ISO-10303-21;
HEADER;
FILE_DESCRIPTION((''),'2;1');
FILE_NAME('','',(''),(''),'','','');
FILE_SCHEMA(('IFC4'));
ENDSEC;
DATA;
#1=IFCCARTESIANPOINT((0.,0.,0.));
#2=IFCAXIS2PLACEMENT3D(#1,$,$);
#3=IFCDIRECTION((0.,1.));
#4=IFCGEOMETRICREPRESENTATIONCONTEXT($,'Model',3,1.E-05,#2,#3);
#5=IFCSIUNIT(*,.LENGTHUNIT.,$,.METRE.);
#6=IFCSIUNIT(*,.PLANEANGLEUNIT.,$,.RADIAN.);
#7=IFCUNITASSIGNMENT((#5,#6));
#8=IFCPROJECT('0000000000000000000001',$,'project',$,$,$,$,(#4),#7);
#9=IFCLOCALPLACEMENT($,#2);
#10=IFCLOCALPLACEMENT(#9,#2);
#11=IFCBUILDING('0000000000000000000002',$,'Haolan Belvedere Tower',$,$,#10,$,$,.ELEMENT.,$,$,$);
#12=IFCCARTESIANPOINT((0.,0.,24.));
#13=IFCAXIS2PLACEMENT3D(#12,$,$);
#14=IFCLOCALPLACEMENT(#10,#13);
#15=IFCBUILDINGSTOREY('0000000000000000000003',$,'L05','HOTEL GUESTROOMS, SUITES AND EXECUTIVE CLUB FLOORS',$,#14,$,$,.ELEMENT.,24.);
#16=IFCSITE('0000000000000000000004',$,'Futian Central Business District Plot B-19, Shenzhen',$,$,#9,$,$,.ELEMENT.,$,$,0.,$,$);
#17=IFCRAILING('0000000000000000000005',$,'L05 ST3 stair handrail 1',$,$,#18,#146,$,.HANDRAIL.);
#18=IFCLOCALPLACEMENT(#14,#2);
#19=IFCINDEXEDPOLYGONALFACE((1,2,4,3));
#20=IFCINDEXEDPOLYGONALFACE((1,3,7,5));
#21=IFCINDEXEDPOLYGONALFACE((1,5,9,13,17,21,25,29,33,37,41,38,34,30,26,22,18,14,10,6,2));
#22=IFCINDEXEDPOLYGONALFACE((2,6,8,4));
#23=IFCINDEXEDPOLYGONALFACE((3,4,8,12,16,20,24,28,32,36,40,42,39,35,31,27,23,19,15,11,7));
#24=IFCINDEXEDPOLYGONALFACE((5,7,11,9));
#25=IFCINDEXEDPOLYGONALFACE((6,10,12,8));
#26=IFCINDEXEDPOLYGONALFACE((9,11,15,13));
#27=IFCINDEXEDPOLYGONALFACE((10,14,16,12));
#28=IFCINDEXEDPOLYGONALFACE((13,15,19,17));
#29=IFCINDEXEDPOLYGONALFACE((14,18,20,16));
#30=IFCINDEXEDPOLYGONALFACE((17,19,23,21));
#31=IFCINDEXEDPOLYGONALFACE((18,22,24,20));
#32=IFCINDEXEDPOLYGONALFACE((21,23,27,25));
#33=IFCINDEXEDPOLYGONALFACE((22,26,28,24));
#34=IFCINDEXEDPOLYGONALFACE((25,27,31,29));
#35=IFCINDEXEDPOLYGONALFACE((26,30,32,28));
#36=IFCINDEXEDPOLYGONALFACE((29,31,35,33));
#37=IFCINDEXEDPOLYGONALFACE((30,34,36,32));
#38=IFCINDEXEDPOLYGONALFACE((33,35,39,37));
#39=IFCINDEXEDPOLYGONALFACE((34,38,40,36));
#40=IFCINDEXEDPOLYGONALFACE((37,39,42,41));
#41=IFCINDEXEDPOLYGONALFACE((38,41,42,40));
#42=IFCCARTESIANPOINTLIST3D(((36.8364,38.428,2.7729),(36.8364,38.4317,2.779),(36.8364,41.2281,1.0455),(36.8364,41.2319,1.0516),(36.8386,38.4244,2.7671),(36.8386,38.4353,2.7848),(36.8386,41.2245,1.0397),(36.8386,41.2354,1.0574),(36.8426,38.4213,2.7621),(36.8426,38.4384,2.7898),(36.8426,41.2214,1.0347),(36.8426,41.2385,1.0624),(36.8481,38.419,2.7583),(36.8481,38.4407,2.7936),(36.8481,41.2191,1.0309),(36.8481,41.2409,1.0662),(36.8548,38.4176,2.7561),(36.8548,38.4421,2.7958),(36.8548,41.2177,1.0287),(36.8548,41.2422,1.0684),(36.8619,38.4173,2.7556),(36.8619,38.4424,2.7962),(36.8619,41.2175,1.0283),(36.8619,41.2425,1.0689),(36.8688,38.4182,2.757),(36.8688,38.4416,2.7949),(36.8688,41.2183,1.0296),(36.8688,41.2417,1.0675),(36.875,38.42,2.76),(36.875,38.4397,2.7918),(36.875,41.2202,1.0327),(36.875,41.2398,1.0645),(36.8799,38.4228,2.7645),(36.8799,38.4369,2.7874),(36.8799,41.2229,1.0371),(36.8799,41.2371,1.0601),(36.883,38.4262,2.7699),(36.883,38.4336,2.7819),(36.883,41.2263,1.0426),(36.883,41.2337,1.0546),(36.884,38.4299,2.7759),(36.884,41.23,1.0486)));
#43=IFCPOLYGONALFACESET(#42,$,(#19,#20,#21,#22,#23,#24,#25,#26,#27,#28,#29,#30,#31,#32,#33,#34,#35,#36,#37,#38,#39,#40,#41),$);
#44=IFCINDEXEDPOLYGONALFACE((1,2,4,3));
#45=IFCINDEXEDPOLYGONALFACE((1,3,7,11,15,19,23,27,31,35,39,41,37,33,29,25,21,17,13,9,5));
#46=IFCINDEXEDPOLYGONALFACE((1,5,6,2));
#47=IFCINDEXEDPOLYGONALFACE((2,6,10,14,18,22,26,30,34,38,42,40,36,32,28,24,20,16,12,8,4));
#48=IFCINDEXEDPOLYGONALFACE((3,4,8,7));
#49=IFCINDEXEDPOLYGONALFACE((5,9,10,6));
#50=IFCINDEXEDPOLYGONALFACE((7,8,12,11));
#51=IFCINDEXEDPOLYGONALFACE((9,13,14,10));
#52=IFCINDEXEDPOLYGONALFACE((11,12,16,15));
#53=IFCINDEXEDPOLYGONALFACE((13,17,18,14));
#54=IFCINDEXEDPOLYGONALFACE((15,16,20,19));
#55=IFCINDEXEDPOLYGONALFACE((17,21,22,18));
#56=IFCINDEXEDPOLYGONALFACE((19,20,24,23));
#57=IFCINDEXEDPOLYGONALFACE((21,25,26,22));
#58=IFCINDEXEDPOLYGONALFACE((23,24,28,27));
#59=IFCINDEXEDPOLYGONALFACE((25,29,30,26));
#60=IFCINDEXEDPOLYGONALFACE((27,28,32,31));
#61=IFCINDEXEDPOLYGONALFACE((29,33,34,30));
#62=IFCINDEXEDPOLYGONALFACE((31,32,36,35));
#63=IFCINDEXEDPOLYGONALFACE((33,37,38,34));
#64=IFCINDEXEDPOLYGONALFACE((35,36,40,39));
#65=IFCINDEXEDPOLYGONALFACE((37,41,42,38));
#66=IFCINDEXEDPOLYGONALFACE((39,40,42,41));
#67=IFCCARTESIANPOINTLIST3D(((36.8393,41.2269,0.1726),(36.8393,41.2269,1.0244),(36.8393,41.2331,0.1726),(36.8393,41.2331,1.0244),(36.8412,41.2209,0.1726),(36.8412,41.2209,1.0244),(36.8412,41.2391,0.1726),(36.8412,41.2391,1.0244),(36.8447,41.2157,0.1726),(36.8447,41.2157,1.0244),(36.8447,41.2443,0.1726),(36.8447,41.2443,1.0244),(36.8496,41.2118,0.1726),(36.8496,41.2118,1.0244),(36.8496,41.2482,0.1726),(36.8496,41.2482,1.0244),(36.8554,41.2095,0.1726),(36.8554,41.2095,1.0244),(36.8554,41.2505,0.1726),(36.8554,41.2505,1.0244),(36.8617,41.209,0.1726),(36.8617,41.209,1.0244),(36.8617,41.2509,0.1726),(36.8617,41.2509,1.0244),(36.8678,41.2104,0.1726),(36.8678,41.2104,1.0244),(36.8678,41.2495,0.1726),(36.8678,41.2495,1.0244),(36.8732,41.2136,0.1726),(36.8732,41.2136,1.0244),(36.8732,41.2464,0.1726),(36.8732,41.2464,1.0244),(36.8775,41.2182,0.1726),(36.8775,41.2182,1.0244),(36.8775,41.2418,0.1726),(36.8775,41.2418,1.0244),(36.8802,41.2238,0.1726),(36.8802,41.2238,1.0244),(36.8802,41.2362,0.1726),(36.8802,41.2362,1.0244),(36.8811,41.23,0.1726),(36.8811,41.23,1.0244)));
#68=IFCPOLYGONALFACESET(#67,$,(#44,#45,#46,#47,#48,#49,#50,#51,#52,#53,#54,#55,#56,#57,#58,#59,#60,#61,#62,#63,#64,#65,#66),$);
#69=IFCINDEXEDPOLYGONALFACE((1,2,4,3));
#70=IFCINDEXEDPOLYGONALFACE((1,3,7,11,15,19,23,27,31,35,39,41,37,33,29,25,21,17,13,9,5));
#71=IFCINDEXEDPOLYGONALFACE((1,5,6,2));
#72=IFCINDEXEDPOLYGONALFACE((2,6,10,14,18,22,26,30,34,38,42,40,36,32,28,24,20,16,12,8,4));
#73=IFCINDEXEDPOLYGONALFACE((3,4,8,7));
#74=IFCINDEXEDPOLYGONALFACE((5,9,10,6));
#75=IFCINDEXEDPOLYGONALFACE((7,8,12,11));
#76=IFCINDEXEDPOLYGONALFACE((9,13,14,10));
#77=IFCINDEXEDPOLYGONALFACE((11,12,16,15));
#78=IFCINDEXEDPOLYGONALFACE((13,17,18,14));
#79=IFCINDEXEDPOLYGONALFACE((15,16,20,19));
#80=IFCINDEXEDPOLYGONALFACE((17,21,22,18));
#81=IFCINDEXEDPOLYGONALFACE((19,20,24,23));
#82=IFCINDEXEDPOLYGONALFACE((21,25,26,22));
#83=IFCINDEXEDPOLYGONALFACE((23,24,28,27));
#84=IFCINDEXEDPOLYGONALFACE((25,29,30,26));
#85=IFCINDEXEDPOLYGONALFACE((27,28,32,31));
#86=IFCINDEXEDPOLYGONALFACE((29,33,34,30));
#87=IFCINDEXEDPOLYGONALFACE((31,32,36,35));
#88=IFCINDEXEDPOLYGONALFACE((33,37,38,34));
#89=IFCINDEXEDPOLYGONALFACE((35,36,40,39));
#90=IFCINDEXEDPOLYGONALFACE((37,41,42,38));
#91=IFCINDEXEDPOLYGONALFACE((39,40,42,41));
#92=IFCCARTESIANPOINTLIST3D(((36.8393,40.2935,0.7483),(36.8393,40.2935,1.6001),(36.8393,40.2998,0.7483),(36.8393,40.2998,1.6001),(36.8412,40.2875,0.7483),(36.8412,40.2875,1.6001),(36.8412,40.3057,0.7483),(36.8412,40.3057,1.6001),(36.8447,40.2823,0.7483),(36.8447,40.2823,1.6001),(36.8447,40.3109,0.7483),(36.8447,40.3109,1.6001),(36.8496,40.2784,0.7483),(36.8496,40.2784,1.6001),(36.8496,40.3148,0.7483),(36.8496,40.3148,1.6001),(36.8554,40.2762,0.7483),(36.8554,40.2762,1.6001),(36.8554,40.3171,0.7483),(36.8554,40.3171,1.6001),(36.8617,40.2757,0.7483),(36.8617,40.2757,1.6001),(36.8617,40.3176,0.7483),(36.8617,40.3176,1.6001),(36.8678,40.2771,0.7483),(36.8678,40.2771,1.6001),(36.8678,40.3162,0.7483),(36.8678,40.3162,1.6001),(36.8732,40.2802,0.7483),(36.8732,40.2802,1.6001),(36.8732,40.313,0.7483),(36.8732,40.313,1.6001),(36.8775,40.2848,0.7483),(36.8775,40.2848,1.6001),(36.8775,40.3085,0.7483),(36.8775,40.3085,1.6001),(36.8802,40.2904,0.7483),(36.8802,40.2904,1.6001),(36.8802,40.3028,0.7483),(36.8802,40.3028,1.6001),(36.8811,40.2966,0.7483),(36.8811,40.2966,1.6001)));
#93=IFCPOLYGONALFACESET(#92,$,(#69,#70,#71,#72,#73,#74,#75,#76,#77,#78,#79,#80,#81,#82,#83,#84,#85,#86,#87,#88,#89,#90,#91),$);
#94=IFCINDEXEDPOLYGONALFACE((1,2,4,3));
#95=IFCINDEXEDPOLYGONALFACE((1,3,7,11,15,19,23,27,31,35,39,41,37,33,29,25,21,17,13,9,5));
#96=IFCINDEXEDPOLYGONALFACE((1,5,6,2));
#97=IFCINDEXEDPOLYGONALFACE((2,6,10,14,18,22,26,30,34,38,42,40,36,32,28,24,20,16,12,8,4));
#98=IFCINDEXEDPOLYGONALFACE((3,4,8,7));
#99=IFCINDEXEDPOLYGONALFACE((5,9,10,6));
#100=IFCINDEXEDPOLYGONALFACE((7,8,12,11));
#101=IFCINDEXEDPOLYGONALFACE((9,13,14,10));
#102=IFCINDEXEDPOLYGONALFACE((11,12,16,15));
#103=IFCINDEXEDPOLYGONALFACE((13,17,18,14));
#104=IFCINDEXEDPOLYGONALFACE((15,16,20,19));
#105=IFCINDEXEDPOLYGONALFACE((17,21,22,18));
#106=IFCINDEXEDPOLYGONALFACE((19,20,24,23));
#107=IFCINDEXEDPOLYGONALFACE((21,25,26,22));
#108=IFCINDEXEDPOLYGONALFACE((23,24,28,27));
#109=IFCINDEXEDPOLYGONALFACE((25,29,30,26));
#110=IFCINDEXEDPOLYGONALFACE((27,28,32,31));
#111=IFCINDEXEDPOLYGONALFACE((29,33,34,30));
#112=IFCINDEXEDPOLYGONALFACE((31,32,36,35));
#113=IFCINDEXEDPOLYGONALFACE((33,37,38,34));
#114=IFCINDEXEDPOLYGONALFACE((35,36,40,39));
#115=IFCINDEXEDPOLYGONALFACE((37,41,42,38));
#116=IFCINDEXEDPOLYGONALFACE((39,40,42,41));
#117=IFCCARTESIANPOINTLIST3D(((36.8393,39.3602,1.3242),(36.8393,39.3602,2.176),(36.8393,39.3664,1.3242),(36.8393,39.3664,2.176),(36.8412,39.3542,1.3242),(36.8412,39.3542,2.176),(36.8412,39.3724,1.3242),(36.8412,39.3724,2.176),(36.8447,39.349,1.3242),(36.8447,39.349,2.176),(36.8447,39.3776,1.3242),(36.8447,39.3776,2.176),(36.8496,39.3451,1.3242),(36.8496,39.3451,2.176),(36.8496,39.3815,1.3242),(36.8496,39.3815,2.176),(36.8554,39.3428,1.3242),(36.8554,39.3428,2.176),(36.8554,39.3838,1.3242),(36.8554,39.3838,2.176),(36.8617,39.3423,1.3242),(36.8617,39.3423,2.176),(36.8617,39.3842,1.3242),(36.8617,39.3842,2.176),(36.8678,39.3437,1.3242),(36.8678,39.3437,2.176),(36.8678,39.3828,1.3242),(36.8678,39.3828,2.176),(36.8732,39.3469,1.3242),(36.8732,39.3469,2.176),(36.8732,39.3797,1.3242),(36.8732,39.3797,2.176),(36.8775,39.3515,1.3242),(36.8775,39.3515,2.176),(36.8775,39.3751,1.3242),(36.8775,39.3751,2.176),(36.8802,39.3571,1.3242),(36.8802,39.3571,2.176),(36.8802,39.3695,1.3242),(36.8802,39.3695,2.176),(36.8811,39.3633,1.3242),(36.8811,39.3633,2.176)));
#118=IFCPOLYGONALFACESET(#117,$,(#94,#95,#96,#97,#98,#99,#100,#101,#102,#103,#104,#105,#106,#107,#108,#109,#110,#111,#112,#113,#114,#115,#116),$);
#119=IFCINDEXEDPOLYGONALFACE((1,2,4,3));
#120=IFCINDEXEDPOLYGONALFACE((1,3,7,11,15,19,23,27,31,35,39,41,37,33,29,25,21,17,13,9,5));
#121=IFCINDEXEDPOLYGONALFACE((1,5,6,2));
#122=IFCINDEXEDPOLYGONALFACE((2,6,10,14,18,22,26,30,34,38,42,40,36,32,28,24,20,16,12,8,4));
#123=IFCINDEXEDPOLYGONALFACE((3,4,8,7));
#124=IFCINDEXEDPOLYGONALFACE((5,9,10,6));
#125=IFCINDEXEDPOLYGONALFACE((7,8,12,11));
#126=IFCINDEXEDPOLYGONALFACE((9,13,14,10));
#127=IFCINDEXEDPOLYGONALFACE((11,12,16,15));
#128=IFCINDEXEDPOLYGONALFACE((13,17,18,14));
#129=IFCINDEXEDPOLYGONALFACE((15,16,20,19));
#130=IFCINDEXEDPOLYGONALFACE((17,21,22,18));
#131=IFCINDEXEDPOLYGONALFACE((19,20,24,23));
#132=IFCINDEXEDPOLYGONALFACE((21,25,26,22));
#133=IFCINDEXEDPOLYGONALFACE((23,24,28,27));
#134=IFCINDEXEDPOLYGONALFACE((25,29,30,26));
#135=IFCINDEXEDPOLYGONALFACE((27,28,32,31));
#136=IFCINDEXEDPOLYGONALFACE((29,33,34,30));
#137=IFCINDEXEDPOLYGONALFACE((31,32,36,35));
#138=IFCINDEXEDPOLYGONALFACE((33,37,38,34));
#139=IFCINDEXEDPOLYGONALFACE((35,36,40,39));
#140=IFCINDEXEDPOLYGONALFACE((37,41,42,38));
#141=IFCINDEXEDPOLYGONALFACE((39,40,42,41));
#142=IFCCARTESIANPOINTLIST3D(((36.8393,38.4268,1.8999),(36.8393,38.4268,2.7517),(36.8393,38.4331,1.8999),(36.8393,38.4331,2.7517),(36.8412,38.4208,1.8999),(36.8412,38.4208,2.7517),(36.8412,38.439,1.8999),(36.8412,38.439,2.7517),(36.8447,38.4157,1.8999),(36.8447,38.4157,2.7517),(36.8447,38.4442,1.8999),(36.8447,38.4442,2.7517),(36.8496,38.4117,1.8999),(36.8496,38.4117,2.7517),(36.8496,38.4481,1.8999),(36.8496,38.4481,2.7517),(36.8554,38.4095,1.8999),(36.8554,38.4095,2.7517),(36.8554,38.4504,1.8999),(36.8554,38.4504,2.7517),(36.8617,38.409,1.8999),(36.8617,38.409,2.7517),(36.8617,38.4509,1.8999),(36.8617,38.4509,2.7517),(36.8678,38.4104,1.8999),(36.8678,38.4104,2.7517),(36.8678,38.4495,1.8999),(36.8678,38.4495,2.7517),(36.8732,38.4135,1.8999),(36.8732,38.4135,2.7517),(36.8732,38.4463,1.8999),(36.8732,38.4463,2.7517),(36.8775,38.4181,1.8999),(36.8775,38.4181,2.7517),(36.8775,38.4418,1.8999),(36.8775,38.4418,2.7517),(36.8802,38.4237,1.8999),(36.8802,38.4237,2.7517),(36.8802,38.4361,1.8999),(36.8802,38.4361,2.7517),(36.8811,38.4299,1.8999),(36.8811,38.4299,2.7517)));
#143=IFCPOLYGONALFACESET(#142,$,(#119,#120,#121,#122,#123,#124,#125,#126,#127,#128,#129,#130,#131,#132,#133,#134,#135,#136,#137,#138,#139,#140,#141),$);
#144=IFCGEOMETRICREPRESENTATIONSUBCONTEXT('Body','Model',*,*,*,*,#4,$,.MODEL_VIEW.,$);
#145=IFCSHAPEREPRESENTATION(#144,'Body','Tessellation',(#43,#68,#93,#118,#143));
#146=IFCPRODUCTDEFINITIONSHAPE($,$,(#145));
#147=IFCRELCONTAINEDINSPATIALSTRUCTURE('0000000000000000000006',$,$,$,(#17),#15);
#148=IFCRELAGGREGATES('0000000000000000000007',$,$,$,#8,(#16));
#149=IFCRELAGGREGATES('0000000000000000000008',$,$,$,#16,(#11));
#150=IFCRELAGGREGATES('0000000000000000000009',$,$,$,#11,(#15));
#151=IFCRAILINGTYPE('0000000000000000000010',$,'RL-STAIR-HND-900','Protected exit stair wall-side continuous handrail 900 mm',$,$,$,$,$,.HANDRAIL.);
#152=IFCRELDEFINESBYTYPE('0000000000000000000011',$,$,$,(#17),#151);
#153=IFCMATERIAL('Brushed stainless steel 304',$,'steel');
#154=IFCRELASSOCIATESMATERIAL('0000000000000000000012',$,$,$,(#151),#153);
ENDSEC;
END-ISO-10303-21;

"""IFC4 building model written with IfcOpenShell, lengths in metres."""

from ifc_helpers import new_model, si_unit, direction, frame, origin, origin_2d, place, context, subcontext, project, spatial, circle, extrude, material, type_object, element, save


model = new_model("IFC4")

# Units and contexts
model_context = context("Model", 3, precision=1e-05, world=origin(), true_north=direction((0.0, 1.0)))
body_context = subcontext(model_context, "Body", "Model", "MODEL_VIEW")
ifc_project = project(units=[si_unit("LENGTHUNIT", "METRE"), si_unit("PLANEANGLEUNIT", "RADIAN")], contexts=[model_context])

# Site, building, storey
site_placement = place(None, origin())
site = spatial("IfcSite", under=ifc_project, at=site_placement, Name="Futian Central Business District Plot B-19, Shenzhen", CompositionType="ELEMENT", RefElevation=0.0)
building_placement = place(site_placement, origin())
building = spatial("IfcBuilding", under=site, at=building_placement, Name="Haolan Belvedere Tower", CompositionType="ELEMENT")
storey_placement = place(building_placement, frame((0.0, 0.0, 24.0)))
storey = spatial("IfcBuildingStorey", under=building, at=storey_placement, Name="L05", Description="HOTEL GUESTROOMS, SUITES AND EXECUTIVE CLUB FLOORS", CompositionType="ELEMENT", Elevation=24.0)

# Railing
ifc_material_1 = material(Name="Brushed stainless steel 304", Category="steel")
railing_type_1 = type_object("IfcRailingType", Name="RL-STAIR-HND-900", Description="Protected exit stair wall-side continuous handrail 900 mm", PredefinedType="HANDRAIL", material=ifc_material_1)
railing_1_placement = place(storey_placement, frame((36.8601, 41.23, 0.1726)))
element("IfcRailing", 1, at=railing_1_placement, inside=storey, type_object=railing_type_1, Name="L05 ST3 stair handrail 1", PredefinedType="HANDRAIL", context=body_context, shape_type="SweptSolid", body=[
    extrude(circle(Radius=0.0239, at=origin_2d()), frame((0.0, 0.0, 0.876), z_axis=(0.0, -0.85109, 0.52502), x_axis=(1.0, 0.0, 0.0)), (0.0, 0.0, 1.0), 3.29),
    extrude(circle(Radius=0.021, at=origin_2d()), origin(), (0.0, 0.0, 1.0), 0.8518),
    extrude(circle(Radius=0.021, at=origin_2d()), frame((0.0, -0.9333, 0.5757)), (0.0, 0.0, 1.0), 0.8518),
    extrude(circle(Radius=0.021, at=origin_2d()), frame((0.0, -1.8667, 1.1516)), (0.0, 0.0, 1.0), 0.8518),
    extrude(circle(Radius=0.021, at=origin_2d()), frame((0.0, -2.8, 1.7273)), (0.0, 0.0, 1.0), 0.8518),
])

save(model, "model.ifc")
